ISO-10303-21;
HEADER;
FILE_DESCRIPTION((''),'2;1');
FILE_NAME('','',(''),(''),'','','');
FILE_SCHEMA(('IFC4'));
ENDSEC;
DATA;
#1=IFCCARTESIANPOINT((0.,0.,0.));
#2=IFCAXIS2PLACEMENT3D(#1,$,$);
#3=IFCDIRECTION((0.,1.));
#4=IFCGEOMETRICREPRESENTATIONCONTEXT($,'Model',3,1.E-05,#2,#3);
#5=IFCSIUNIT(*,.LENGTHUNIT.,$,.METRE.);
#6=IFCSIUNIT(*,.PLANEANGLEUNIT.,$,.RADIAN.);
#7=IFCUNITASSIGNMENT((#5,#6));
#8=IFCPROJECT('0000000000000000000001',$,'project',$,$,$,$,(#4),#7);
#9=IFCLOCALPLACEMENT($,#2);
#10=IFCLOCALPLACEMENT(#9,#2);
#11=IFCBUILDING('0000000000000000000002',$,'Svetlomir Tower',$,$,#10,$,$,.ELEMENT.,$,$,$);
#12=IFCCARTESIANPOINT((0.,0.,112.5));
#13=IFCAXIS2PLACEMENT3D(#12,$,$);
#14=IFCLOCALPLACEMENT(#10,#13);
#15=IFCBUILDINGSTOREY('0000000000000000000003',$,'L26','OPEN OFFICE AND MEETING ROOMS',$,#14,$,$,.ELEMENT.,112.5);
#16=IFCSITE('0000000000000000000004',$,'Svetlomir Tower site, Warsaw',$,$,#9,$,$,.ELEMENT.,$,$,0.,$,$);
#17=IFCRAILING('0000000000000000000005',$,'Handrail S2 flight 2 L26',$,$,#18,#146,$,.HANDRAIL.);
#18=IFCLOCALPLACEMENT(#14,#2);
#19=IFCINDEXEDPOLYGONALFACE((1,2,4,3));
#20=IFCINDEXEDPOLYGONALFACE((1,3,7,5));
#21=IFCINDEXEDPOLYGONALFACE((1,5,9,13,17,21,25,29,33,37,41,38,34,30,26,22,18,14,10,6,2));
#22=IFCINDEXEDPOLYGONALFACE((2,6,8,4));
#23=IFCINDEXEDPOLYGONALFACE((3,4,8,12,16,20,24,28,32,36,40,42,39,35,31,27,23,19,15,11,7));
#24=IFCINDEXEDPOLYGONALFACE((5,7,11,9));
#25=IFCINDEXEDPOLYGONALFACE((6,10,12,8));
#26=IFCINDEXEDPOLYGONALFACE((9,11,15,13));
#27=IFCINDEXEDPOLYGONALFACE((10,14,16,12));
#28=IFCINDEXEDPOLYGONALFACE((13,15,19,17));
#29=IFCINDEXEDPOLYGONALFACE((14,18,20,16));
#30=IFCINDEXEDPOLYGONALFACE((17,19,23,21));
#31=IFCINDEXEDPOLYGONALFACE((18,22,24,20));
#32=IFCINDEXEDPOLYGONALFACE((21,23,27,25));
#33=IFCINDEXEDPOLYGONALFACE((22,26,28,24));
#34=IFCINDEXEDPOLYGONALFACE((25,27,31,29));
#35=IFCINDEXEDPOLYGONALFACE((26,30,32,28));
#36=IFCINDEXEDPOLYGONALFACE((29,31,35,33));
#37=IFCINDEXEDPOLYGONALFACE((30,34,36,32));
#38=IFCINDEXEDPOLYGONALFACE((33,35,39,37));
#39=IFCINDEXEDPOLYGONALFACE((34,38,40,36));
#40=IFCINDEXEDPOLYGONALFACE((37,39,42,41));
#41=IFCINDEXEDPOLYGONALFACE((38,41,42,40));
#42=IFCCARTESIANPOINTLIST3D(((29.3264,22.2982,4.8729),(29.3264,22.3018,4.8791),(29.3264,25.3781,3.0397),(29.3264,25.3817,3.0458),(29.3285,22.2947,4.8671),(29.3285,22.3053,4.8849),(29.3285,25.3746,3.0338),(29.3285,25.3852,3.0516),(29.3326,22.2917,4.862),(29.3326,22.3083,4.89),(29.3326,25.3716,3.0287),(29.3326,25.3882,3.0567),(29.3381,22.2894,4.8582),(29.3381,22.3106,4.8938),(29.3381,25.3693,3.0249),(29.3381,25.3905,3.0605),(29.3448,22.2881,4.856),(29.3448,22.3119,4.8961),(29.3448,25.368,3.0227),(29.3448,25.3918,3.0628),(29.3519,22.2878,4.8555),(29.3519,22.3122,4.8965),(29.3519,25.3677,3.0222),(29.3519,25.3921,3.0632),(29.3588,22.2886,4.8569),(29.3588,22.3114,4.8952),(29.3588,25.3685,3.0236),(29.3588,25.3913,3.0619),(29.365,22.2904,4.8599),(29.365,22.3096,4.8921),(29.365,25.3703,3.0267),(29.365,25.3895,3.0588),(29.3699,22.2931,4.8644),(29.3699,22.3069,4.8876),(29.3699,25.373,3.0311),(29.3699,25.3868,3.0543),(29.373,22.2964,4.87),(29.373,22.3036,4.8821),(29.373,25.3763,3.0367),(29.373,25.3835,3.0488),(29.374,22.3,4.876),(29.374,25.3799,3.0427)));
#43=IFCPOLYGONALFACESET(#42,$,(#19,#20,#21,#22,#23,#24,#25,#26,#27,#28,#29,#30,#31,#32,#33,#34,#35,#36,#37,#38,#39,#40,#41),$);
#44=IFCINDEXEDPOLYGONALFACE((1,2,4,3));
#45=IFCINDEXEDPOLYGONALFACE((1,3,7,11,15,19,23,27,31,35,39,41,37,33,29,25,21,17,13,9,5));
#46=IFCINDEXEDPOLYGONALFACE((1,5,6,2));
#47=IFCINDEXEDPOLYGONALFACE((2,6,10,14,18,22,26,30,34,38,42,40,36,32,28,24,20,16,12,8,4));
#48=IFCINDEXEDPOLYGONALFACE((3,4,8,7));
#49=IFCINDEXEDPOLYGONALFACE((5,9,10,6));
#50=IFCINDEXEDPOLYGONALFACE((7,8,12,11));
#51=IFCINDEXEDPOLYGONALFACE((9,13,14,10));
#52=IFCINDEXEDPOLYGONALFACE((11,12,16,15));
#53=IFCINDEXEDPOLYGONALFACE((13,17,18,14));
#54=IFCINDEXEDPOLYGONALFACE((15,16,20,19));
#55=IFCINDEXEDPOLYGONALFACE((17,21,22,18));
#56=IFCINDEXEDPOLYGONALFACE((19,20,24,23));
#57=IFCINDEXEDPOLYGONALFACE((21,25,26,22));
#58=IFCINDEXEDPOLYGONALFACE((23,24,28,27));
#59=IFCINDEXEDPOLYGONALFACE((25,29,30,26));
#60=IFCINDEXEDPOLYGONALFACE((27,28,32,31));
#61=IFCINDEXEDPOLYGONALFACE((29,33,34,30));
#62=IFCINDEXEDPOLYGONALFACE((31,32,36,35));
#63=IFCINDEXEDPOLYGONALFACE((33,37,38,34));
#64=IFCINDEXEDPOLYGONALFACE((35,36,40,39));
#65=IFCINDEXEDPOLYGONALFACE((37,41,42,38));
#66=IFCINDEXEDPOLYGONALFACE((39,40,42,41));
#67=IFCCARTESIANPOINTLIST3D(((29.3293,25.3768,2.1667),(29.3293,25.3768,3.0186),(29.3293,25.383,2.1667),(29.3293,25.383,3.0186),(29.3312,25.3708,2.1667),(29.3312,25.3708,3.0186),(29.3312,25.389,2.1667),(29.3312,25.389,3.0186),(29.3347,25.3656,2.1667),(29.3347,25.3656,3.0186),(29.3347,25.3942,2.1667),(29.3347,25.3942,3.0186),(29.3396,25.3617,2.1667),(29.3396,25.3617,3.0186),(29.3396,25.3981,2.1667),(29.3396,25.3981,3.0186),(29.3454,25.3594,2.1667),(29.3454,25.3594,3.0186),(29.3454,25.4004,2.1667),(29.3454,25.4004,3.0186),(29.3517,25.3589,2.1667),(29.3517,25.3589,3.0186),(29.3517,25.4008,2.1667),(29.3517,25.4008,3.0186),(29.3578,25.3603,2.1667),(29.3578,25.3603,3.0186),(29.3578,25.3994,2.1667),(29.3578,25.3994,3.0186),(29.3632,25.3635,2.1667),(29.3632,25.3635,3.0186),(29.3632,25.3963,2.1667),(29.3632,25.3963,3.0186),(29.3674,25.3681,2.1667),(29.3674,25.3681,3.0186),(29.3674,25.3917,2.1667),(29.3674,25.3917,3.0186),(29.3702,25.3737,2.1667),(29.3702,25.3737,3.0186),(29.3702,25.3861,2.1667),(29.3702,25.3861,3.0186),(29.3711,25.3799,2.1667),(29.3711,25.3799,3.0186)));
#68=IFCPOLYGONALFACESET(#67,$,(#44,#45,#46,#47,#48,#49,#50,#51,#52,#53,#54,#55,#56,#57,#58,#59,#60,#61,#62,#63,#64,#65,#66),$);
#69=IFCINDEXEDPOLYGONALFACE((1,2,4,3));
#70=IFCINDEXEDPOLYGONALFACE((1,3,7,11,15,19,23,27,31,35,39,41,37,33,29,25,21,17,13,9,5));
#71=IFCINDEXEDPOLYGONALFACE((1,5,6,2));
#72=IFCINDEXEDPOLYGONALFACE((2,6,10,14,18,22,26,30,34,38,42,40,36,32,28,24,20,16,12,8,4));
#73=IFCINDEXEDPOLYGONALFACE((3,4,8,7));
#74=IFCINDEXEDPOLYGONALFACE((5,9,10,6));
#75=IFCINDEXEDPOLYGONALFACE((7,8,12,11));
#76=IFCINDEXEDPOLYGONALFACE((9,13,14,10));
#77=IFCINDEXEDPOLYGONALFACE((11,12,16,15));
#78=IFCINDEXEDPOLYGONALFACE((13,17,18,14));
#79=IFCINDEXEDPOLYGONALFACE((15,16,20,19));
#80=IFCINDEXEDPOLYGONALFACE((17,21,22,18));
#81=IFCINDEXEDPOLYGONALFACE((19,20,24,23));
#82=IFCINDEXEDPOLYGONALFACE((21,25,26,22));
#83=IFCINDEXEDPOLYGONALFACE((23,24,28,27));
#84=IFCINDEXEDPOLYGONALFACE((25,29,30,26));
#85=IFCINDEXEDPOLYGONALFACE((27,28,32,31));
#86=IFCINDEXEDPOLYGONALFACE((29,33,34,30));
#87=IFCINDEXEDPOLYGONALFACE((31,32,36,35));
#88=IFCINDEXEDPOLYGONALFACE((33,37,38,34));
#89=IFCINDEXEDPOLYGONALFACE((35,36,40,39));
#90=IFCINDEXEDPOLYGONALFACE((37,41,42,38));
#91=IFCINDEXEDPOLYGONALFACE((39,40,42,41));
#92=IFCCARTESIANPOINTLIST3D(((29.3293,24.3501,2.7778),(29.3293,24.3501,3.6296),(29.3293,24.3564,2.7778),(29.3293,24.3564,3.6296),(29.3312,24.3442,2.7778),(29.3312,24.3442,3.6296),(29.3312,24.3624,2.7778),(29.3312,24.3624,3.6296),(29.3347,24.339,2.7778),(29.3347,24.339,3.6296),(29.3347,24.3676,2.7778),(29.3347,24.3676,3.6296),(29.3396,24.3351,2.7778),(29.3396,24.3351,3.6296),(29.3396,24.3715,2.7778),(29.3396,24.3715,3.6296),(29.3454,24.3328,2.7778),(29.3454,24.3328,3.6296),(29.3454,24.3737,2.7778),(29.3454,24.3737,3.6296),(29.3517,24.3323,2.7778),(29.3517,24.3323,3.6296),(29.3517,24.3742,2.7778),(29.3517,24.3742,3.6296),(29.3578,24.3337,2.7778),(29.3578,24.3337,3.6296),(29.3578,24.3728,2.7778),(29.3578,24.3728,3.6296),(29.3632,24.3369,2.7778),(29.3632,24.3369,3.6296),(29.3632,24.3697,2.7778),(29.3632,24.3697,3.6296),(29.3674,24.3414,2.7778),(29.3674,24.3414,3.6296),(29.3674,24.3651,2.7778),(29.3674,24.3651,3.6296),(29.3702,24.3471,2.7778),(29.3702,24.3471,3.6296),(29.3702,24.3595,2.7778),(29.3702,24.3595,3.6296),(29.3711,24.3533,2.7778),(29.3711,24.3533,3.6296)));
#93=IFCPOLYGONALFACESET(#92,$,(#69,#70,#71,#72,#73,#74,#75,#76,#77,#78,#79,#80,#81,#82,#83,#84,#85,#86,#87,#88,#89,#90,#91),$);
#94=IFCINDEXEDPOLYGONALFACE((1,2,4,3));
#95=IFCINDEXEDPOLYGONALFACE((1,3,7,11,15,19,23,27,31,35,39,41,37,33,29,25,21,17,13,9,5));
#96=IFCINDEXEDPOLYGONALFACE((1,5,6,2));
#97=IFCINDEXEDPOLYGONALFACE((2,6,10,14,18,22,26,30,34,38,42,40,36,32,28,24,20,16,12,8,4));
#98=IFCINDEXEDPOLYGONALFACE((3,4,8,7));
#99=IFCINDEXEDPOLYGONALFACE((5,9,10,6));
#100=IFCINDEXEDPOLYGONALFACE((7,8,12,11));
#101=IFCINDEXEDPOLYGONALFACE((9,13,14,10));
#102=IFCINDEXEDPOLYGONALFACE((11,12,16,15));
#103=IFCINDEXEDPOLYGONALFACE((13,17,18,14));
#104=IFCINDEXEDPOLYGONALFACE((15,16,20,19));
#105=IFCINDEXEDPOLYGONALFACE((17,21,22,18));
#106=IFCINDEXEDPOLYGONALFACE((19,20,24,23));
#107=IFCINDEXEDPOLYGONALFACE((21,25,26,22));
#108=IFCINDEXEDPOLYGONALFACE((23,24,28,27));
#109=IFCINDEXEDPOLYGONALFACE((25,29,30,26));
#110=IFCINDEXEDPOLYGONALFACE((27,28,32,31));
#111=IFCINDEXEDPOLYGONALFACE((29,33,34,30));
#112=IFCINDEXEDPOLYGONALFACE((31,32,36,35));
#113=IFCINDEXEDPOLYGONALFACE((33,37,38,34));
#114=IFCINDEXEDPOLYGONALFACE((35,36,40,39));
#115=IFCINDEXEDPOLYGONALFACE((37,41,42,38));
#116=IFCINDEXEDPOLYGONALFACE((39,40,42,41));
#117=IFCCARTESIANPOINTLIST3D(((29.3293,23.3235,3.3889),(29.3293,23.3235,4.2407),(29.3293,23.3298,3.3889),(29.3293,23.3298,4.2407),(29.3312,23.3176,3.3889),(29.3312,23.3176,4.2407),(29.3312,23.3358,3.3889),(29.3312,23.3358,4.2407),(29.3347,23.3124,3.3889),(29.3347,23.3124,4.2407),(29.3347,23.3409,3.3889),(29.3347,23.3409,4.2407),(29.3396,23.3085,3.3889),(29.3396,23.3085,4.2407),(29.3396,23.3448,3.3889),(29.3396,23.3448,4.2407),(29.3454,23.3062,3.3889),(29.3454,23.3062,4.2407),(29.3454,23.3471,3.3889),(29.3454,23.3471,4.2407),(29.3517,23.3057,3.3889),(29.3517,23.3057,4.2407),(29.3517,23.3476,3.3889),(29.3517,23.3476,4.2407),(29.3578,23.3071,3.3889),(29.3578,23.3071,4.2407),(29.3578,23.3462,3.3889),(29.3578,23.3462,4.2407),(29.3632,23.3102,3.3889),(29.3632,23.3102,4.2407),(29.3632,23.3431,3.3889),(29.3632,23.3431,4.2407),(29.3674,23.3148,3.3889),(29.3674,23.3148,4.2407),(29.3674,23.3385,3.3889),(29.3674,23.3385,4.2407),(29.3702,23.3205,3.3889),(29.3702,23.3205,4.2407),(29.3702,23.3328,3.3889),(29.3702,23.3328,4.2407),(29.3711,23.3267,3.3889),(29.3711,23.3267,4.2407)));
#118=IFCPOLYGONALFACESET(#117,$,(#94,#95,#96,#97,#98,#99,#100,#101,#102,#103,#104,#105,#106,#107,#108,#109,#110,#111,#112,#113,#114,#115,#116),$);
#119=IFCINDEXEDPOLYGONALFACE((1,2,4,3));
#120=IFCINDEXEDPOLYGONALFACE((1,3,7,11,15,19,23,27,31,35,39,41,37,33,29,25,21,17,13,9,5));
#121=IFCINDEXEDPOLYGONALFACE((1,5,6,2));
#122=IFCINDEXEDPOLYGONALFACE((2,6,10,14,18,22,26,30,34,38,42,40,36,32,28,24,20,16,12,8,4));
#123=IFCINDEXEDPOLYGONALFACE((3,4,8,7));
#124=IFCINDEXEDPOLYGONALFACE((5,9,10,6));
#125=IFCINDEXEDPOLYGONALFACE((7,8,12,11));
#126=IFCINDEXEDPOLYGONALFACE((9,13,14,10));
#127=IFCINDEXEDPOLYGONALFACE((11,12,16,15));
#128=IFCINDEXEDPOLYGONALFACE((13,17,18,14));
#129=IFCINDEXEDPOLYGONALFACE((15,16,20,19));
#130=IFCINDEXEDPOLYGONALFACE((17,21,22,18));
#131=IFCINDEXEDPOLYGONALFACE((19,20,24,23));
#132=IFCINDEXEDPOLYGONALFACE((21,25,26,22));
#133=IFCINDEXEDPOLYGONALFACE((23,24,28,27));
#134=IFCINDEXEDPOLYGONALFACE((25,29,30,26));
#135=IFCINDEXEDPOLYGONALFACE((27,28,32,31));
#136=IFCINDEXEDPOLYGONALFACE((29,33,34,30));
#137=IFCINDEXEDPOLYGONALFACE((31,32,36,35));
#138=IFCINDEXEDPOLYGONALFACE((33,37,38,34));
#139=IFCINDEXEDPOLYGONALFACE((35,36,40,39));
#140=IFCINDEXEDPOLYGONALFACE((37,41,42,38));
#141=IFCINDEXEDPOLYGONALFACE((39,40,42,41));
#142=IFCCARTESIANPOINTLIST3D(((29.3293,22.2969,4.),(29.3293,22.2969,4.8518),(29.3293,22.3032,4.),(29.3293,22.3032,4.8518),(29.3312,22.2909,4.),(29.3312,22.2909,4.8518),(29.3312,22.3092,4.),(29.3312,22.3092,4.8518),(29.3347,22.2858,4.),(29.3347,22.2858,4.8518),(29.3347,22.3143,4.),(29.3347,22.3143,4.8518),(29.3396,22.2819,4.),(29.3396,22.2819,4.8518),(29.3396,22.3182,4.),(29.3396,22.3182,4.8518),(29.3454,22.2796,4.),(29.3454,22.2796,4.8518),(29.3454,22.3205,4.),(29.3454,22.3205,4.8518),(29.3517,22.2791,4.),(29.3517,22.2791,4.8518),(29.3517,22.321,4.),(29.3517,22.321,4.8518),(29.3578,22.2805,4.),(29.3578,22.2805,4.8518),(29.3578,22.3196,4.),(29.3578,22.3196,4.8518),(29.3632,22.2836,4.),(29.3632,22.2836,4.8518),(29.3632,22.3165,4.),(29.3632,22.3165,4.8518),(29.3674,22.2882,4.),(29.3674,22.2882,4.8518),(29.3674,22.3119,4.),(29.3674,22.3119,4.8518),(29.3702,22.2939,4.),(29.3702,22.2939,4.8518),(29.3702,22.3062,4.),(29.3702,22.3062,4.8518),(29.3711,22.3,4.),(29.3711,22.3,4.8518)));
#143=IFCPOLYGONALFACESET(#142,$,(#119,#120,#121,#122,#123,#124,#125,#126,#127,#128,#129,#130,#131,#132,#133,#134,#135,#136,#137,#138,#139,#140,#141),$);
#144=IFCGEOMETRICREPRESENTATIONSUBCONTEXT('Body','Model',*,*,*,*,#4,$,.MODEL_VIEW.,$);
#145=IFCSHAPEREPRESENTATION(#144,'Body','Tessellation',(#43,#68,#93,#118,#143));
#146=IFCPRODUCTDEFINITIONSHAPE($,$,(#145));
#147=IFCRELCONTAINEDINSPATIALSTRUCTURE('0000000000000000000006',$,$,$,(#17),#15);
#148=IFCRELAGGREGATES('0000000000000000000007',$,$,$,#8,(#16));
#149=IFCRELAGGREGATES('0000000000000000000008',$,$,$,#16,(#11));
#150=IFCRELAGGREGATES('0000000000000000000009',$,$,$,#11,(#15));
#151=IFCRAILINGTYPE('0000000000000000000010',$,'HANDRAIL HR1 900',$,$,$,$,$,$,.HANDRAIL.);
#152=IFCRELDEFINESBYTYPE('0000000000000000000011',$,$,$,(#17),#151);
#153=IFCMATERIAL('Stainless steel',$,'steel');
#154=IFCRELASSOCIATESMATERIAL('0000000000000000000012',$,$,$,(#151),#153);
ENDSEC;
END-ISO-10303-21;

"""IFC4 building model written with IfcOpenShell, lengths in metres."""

from ifc_helpers import new_model, si_unit, direction, frame, origin, origin_2d, place, context, subcontext, project, spatial, circle, extrude, material, type_object, element, save


model = new_model("IFC4")

# Units and contexts
model_context = context("Model", 3, precision=1e-05, world=origin(), true_north=direction((0.0, 1.0)))
body_context = subcontext(model_context, "Body", "Model", "MODEL_VIEW")
ifc_project = project(units=[si_unit("LENGTHUNIT", "METRE"), si_unit("PLANEANGLEUNIT", "RADIAN")], contexts=[model_context])

# Site, building, storey
site_placement = place(None, origin())
site = spatial("IfcSite", under=ifc_project, at=site_placement, Name="Svetlomir Tower site, Warsaw", CompositionType="ELEMENT", RefElevation=0.0)
building_placement = place(site_placement, origin())
building = spatial("IfcBuilding", under=site, at=building_placement, Name="Svetlomir Tower", CompositionType="ELEMENT")
storey_placement = place(building_placement, frame((0.0, 0.0, 112.5)))
storey = spatial("IfcBuildingStorey", under=building, at=storey_placement, Name="L26", Description="OPEN OFFICE AND MEETING ROOMS", CompositionType="ELEMENT", Elevation=112.5)

# Railing
ifc_material_1 = material(Name="Stainless steel", Category="steel")
railing_type = type_object("IfcRailingType", Name="HANDRAIL HR1 900", PredefinedType="HANDRAIL", material=ifc_material_1)
railing_placement = place(storey_placement, frame((29.3501, 25.3799, 2.1667)))
element("IfcRailing", 1, at=railing_placement, inside=storey, type_object=railing_type, Name="Handrail S2 flight 2 L26", PredefinedType="HANDRAIL", context=body_context, shape_type="SweptSolid", body=[
    extrude(circle(Radius=0.0239, at=origin_2d()), frame((0.0, 0.0, 0.876), z_axis=(0.0, -0.859291, 0.511487), x_axis=(1.0, 0.0, 0.0)), (0.0, 0.0, 1.0), 3.5842),
    extrude(circle(Radius=0.021, at=origin_2d()), origin(), (0.0, 0.0, 1.0), 0.8518),
    extrude(circle(Radius=0.021, at=origin_2d()), frame((0.0, -1.0266, 0.6111)), (0.0, 0.0, 1.0), 0.8518),
    extrude(circle(Radius=0.021, at=origin_2d()), frame((0.0, -2.0532, 1.2222)), (0.0, 0.0, 1.0), 0.8518),
    extrude(circle(Radius=0.021, at=origin_2d()), frame((0.0, -3.0798, 1.8333)), (0.0, 0.0, 1.0), 0.8518),
])

save(model, "model.ifc")
